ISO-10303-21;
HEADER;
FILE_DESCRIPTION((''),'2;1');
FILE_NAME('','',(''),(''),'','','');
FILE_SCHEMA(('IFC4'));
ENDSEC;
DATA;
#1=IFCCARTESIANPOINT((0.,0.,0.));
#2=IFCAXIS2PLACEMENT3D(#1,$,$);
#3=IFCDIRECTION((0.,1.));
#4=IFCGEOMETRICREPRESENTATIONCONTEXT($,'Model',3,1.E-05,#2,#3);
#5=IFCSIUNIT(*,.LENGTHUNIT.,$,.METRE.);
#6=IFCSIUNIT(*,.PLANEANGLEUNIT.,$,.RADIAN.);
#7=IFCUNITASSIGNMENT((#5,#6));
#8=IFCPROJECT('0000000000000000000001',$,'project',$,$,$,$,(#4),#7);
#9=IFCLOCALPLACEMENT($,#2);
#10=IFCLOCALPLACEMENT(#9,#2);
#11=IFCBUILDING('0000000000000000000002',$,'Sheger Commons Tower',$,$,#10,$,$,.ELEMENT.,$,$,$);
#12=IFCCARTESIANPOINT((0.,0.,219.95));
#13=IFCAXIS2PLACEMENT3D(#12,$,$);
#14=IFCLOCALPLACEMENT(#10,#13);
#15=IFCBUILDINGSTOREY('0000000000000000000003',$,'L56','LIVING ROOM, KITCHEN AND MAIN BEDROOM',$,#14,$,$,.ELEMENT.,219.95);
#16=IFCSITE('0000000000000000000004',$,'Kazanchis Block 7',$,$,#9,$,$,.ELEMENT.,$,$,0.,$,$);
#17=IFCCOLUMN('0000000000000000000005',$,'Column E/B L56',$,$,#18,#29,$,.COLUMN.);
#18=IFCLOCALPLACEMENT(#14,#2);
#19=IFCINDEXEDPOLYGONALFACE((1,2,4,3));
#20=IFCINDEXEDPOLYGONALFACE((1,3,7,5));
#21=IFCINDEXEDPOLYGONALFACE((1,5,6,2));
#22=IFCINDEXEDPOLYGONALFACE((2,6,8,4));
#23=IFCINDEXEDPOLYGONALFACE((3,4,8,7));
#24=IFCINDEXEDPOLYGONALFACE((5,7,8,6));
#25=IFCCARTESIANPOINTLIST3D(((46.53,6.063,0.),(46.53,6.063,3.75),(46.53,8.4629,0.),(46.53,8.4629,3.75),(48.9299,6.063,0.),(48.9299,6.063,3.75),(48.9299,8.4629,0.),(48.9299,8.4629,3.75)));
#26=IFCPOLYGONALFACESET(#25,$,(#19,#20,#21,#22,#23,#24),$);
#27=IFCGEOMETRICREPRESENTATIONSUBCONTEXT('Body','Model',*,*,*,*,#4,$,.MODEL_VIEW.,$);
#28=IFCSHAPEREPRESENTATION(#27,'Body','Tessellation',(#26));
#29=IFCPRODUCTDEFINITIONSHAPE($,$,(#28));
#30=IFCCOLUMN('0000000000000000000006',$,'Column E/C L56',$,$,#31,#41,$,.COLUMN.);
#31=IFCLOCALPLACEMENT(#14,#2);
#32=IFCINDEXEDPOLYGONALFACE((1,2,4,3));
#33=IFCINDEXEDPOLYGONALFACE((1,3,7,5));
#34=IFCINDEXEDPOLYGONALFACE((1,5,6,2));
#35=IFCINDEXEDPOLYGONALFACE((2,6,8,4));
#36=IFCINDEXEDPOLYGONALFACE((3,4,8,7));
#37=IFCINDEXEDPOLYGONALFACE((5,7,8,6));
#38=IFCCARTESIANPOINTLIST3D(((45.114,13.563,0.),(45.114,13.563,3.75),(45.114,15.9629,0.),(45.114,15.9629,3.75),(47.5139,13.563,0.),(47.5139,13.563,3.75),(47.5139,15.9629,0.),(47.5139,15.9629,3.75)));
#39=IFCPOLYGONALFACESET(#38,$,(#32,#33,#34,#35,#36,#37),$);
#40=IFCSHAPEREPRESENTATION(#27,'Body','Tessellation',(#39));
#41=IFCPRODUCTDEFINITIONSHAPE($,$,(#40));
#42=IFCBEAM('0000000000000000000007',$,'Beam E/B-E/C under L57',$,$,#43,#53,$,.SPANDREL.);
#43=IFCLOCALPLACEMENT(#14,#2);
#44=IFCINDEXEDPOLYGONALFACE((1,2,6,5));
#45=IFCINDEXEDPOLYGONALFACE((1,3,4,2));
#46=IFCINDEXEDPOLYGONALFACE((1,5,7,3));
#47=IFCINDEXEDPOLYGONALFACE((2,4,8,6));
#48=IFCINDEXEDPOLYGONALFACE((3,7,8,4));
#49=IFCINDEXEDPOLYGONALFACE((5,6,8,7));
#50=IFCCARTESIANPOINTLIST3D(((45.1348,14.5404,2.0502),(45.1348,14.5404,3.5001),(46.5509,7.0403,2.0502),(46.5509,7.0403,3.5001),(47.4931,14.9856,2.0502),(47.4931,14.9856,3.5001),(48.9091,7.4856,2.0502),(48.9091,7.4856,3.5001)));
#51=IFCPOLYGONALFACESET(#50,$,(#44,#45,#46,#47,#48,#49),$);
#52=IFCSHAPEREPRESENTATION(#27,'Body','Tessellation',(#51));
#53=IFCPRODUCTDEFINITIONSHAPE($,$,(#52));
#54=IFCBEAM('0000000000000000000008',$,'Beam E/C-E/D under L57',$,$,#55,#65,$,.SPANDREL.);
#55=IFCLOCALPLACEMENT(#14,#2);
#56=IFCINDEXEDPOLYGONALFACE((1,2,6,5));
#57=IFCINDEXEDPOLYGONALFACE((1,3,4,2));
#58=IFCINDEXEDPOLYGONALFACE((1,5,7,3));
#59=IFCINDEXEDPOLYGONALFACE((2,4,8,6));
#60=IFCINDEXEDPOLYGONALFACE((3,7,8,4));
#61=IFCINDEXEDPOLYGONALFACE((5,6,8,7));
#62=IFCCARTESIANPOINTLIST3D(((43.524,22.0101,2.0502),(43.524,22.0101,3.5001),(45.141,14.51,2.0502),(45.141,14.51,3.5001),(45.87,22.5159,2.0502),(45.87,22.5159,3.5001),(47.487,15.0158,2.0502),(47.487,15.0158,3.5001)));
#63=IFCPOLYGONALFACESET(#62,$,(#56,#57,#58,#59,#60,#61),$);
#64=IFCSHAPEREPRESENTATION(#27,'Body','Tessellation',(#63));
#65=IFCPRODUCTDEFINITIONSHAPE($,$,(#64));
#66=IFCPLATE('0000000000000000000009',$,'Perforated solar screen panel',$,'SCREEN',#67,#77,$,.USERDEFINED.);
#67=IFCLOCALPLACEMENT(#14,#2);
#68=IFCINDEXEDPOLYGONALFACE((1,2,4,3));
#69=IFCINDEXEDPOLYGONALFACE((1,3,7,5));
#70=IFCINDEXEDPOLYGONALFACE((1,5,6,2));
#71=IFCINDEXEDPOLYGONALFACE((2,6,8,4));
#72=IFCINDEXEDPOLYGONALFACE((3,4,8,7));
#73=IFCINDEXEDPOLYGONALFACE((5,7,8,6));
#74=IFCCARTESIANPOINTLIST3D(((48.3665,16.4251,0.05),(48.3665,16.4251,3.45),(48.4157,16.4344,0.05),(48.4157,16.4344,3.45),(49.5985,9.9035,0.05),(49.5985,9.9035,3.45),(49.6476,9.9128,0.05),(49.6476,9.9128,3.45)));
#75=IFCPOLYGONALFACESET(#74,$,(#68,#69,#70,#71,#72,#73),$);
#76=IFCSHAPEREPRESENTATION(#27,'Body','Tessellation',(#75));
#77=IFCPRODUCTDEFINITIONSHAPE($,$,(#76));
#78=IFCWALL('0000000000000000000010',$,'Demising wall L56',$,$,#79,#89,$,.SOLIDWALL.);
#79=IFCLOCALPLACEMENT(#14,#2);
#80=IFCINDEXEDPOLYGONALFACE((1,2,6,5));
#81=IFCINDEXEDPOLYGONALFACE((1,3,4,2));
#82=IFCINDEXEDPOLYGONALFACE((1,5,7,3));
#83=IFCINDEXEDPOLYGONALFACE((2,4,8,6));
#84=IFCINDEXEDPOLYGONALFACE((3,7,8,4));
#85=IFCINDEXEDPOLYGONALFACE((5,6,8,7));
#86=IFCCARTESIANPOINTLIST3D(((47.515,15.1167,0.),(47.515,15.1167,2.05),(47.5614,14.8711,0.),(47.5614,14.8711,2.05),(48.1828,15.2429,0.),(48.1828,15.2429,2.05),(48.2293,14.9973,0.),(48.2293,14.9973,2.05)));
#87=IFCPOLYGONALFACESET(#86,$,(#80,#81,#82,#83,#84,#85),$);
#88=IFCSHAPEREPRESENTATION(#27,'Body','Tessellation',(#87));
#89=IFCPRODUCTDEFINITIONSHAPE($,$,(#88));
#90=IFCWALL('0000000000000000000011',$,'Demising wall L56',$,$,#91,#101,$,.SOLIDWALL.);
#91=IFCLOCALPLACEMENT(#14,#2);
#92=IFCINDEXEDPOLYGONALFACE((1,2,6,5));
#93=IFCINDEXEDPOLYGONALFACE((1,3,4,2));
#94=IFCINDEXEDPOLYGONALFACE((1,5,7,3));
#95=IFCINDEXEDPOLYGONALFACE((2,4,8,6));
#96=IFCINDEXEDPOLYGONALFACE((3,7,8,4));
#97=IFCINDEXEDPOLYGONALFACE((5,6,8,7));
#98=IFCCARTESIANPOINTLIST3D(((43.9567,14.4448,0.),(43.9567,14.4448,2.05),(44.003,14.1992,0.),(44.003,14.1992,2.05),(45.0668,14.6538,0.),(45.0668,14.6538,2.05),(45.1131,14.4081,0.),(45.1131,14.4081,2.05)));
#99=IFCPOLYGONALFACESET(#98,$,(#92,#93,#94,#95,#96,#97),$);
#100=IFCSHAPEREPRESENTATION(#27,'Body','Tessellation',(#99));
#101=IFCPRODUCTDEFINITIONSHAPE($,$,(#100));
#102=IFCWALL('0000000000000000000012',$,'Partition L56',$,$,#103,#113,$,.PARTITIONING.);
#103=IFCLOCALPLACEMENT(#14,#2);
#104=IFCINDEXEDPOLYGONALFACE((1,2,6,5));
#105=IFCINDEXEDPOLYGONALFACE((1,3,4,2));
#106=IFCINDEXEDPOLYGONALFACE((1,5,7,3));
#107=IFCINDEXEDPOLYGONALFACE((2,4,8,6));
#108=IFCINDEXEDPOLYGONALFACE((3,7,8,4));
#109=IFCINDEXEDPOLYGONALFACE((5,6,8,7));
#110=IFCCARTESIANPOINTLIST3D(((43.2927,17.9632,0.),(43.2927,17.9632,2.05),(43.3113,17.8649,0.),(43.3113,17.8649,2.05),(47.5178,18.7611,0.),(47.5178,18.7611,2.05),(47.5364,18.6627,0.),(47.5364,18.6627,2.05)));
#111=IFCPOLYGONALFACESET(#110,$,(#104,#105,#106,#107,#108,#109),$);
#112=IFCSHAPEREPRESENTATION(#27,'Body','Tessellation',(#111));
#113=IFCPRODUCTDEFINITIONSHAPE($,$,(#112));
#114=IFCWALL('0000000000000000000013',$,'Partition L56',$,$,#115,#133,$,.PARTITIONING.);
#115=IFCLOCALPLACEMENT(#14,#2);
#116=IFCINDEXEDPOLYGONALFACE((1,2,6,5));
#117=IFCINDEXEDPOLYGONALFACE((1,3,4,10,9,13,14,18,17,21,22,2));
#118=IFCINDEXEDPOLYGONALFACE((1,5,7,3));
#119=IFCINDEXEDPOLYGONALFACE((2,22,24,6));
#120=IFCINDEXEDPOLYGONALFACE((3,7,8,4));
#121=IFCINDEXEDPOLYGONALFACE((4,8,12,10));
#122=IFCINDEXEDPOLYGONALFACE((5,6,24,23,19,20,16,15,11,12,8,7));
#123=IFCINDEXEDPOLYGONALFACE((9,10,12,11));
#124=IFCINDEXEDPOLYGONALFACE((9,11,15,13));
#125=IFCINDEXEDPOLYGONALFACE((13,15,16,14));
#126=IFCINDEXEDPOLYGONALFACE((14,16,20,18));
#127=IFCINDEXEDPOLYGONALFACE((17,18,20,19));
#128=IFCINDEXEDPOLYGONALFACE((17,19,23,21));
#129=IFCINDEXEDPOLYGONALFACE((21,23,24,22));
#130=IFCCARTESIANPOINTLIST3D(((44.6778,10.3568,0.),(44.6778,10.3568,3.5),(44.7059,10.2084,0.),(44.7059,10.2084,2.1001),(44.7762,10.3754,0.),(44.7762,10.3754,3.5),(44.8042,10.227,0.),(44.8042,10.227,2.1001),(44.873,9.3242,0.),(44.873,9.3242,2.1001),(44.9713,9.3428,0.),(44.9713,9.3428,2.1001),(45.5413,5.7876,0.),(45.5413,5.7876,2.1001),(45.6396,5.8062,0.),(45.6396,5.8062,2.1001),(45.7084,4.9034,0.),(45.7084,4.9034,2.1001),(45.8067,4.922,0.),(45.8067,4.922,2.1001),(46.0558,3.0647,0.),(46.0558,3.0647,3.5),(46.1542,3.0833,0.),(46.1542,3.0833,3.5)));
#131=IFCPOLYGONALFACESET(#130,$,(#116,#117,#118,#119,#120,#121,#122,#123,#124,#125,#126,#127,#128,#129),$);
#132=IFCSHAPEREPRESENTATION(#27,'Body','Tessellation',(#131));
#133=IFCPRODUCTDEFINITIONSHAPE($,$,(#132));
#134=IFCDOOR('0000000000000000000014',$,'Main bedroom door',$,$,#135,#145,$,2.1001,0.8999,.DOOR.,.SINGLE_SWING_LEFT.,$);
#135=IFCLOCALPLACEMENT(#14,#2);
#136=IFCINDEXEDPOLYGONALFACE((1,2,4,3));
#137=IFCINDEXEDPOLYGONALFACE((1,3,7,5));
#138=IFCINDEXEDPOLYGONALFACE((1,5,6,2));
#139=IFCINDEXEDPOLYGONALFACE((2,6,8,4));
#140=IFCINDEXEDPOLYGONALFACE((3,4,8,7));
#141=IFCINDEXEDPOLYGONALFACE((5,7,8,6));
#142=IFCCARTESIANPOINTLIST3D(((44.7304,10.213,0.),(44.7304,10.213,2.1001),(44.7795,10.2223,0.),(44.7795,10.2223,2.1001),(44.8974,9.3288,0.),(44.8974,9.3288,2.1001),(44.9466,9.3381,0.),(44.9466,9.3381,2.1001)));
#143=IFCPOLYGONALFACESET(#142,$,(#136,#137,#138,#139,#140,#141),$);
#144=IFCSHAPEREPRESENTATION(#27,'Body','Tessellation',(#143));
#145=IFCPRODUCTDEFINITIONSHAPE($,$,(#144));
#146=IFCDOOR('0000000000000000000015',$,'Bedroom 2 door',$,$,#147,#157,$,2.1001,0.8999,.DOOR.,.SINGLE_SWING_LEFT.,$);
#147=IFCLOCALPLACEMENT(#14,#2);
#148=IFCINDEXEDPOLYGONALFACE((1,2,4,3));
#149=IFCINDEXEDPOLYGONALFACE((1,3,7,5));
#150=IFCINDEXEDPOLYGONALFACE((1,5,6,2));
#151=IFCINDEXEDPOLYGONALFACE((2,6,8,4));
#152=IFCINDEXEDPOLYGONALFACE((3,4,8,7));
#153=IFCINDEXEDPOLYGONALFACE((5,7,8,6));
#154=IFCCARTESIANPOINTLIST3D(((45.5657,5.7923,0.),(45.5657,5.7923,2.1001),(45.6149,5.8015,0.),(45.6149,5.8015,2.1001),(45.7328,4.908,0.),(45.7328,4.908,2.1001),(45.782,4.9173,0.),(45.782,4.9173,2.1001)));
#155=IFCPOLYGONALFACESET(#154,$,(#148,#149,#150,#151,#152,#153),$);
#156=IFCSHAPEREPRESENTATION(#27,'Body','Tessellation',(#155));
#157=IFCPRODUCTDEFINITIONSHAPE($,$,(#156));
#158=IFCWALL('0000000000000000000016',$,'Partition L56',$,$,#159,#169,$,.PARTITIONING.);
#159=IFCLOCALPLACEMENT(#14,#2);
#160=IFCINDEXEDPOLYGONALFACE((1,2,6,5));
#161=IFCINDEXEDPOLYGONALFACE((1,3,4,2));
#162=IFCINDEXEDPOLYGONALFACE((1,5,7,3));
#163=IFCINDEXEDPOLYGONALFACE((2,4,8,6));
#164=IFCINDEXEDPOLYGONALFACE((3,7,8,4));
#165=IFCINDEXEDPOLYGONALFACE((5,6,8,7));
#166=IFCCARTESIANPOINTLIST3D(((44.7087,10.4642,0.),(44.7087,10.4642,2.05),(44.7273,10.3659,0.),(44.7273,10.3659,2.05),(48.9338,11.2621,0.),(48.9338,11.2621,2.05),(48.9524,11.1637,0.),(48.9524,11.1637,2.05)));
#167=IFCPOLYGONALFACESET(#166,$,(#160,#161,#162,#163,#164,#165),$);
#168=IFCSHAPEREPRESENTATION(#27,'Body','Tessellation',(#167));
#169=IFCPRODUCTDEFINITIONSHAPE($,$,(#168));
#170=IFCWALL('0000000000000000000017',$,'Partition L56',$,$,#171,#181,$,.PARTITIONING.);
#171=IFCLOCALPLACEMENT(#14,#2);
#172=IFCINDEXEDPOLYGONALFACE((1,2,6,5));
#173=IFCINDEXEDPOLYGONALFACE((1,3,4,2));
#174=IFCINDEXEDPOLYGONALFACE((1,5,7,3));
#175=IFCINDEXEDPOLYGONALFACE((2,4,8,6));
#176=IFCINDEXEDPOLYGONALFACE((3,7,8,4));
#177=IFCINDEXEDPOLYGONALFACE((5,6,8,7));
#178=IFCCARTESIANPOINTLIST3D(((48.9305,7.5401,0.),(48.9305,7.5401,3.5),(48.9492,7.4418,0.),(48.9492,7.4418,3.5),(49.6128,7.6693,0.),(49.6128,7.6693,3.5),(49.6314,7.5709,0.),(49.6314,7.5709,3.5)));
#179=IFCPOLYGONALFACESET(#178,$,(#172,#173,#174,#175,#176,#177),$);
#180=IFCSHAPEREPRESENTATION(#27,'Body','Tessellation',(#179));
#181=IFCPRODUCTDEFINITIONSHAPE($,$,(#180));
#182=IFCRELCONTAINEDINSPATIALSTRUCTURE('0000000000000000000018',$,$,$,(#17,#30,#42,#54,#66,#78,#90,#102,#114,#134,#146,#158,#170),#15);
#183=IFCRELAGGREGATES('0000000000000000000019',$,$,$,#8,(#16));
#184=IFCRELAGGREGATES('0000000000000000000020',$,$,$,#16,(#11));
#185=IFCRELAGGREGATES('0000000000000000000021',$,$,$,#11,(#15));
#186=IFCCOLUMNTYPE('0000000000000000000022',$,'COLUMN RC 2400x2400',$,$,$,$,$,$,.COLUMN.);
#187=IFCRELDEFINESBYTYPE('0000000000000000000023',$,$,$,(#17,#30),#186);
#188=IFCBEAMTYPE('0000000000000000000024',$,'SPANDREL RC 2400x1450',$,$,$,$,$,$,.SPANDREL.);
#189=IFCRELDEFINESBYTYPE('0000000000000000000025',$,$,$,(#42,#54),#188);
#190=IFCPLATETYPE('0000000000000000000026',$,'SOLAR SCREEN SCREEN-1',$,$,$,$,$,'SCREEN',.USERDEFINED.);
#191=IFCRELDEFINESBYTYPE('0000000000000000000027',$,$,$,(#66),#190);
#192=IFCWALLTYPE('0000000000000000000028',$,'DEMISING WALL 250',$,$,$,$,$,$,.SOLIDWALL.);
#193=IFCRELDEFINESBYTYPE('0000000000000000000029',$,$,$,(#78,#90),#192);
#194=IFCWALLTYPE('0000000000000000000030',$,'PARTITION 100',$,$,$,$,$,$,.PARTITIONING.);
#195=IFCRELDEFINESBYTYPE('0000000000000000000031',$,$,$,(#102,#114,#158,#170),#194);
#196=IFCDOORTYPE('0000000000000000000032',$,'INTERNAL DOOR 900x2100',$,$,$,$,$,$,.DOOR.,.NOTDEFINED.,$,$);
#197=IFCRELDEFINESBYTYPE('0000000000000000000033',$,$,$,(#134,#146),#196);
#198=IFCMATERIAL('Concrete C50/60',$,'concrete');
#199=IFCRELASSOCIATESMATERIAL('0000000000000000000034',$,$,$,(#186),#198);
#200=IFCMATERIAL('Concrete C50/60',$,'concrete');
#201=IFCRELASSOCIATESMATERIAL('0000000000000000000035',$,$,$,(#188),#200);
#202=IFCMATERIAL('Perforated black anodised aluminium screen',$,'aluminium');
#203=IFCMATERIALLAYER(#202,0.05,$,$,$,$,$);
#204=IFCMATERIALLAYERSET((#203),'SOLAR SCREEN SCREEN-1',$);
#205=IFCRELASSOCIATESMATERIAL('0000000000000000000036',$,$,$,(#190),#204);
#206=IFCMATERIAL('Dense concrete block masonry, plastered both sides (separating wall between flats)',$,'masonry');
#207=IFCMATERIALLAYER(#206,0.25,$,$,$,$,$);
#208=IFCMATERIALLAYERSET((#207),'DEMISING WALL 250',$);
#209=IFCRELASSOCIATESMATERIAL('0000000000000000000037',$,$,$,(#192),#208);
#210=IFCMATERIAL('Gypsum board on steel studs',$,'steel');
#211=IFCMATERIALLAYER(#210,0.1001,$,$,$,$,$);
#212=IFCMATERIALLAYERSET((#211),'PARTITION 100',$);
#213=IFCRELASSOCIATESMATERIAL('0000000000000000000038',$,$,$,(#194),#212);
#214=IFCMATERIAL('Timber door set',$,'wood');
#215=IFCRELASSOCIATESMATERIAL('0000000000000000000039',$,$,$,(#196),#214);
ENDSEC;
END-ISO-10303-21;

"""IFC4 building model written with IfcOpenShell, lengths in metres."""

from ifc_helpers import new_model, si_unit, direction, frame, frame_2d, origin, origin_2d, place, context, subcontext, project, spatial, rectangle, extrude, material, layer, layer_set, material_profile, profile_set, type_object, element, fill, save


model = new_model("IFC4")

# Units and contexts
model_context = context("Model", 3, precision=1e-05, world=origin(), true_north=direction((0.0, 1.0)))
body_context = subcontext(model_context, "Body", "Model", "MODEL_VIEW")
ifc_project = project(units=[si_unit("LENGTHUNIT", "METRE"), si_unit("PLANEANGLEUNIT", "RADIAN")], contexts=[model_context])

# Site, building, storey
site_placement = place(None, origin())
site = spatial("IfcSite", under=ifc_project, at=site_placement, Name="Kazanchis Block 7", CompositionType="ELEMENT", RefElevation=0.0)
building_placement = place(site_placement, origin())
building = spatial("IfcBuilding", under=site, at=building_placement, Name="Sheger Commons Tower", CompositionType="ELEMENT")
storey_placement = place(building_placement, frame((0.0, 0.0, 219.95)))
storey = spatial("IfcBuildingStorey", under=building, at=storey_placement, Name="L56", Description="LIVING ROOM, KITCHEN AND MAIN BEDROOM", CompositionType="ELEMENT", Elevation=219.95)

# Columns
ifc_material_1 = material(Name="Concrete C50/60", Category="concrete")
ifc_material_profile_1 = material_profile(ifc_material_1, rectangle(XDim=2.3999, YDim=2.3999, at=origin_2d()), Name="RC 2400x2400")
ifc_profile_set_1 = profile_set([ifc_material_profile_1], Name="Concrete C50/60")
column_type = type_object("IfcColumnType", Name="COLUMN RC 2400x2400", PredefinedType="COLUMN", material=ifc_profile_set_1)
for number, where, z_axis, x_axis, name in (
    (1, (47.73, 7.2629, 0.0), (0.0, 0.0, 1.0), (1.0, 0.0, 0.0), "Column E/B L56"),
    (2, (46.314, 14.7629, 0.0), (0.0, 0.0, 1.0), (1.0, 0.0, 0.0), "Column E/C L56"),
):
    element("IfcColumn", number, at=place(storey_placement, frame(where, z_axis=z_axis, x_axis=x_axis)), inside=storey, type_object=column_type, Name=name, PredefinedType="COLUMN", context=body_context, shape_type="SweptSolid", body=[
        extrude(rectangle(XDim=2.3999, YDim=2.3999, at=origin_2d()), origin(), (0.0, 0.0, 1.0), 3.75),
    ])

# Beams
ifc_material_2 = material(Name="Concrete C50/60", Category="concrete")
ifc_material_profile_2 = material_profile(ifc_material_2, rectangle(XDim=2.3999, YDim=1.45, at=origin_2d()), Name="RC 2400x1450")
ifc_profile_set_2 = profile_set([ifc_material_profile_2], Name="Concrete C50/60")
beam_type = type_object("IfcBeamType", Name="SPANDREL RC 2400x1450", PredefinedType="SPANDREL", material=ifc_profile_set_2)
beam_1_placement = place(storey_placement, frame((47.73, 7.2629, 2.7751), z_axis=(-0.185524, 0.98264, 0.0), x_axis=(-0.98264, -0.185524, 0.0)))
element("IfcBeam", 3, at=beam_1_placement, inside=storey, type_object=beam_type, Name="Beam E/B-E/C under L57", PredefinedType="SPANDREL", context=body_context, shape_type="SweptSolid", body=[
    extrude(rectangle(XDim=2.3999, YDim=1.45, at=origin_2d()), origin(), (0.0, 0.0, 1.0), 7.6326),
])
beam_2_placement = place(storey_placement, frame((46.314, 14.7629, 2.7751), z_axis=(-0.21075, 0.97754, 0.0), x_axis=(-0.97754, -0.21075, 0.0)))
element("IfcBeam", 4, at=beam_2_placement, inside=storey, type_object=beam_type, Name="Beam E/C-E/D under L57", PredefinedType="SPANDREL", context=body_context, shape_type="SweptSolid", body=[
    extrude(rectangle(XDim=2.3999, YDim=1.45, at=origin_2d()), origin(), (0.0, 0.0, 1.0), 7.6724),
])

# Plate
ifc_material_3 = material(Name="Perforated black anodised aluminium screen", Category="aluminium")
ifc_layer_1 = layer(ifc_material_3, 0.05)
ifc_layer_set_1 = layer_set([ifc_layer_1], Name="SOLAR SCREEN SCREEN-1")
plate_type = type_object("IfcPlateType", Name="SOLAR SCREEN SCREEN-1", ElementType="SCREEN", PredefinedType="USERDEFINED", material=ifc_layer_set_1)
plate_placement = place(storey_placement, frame((49.0071, 13.1689, 0.05), z_axis=(0.0, 0.0, 1.0), x_axis=(-0.185615, 0.982623, 0.0)))
element("IfcPlate", 5, at=plate_placement, inside=storey, type_object=plate_type, Name="Perforated solar screen panel", ObjectType="SCREEN", PredefinedType="USERDEFINED", context=body_context, shape_type="SweptSolid", body=[
    extrude(rectangle(XDim=6.637, YDim=0.05, at=origin_2d()), origin(), (0.0, 0.0, 1.0), 3.3999),
])

# Walls
ifc_material_4 = material(Name="Dense concrete block masonry, plastered both sides (separating wall between flats)", Category="masonry")
ifc_layer_2 = layer(ifc_material_4, 0.25)
ifc_layer_set_2 = layer_set([ifc_layer_2], Name="DEMISING WALL 250")
wall_type_1 = type_object("IfcWallType", Name="DEMISING WALL 250", PredefinedType="SOLIDWALL", material=ifc_layer_set_2)
wall_1_placement = place(storey_placement, frame((48.2061, 15.1201, 0.0), z_axis=(0.0, 0.0, 1.0), x_axis=(-0.982611, -0.185676, 0.0)))
element("IfcWall", 6, at=wall_1_placement, inside=storey, type_object=wall_type_1, Name="Demising wall L56", PredefinedType="SOLIDWALL", context=body_context, shape_type="SweptSolid", body=[
    extrude(rectangle(XDim=0.6797, YDim=0.25, at=frame_2d((0.3398, 0.0))), origin(), (0.0, 0.0, 1.0), 2.05),
])
wall_2_placement = place(storey_placement, frame((45.0901, 14.531, 0.0), z_axis=(0.0, 0.0, 1.0), x_axis=(-0.982737, -0.185006, 0.0)))
element("IfcWall", 7, at=wall_2_placement, inside=storey, type_object=wall_type_1, Name="Demising wall L56", PredefinedType="SOLIDWALL", context=body_context, shape_type="SweptSolid", body=[
    extrude(rectangle(XDim=1.1296, YDim=0.25, at=frame_2d((0.5649, 0.0))), origin(), (0.0, 0.0, 1.0), 2.05),
])
ifc_material_5 = material(Name="Gypsum board on steel studs", Category="steel")
ifc_layer_3 = layer(ifc_material_5, 0.1001)
ifc_layer_set_3 = layer_set([ifc_layer_3], Name="PARTITION 100")
wall_type_2 = type_object("IfcWallType", Name="PARTITION 100", PredefinedType="PARTITIONING", material=ifc_layer_set_3)
wall_3_placement = place(storey_placement, frame((47.5271, 18.7119, 0.0), z_axis=(0.0, 0.0, 1.0), x_axis=(-0.982634, -0.185557, 0.0)))
element("IfcWall", 8, at=wall_3_placement, inside=storey, type_object=wall_type_2, Name="Partition L56", PredefinedType="PARTITIONING", context=body_context, shape_type="SweptSolid", body=[
    extrude(rectangle(XDim=4.2998, YDim=0.1001, at=frame_2d((2.1499, 0.0))), origin(), (0.0, 0.0, 1.0), 2.05),
])

# Wall, openings, doors
wall_4_placement = place(storey_placement, frame((44.7271, 10.366, 0.0), z_axis=(0.0, 0.0, 1.0), x_axis=(0.185679, -0.98261, 0.0)))
wall_4 = element("IfcWall", 9, at=wall_4_placement, inside=storey, type_object=wall_type_2, Name="Partition L56", PredefinedType="PARTITIONING", context=body_context, shape_type="SweptSolid", body=[
    extrude(rectangle(XDim=7.4211, YDim=0.1001, at=frame_2d((3.7104, 0.0))), origin(), (0.0, 0.0, 1.0), 3.5),
])
opening_1_placement = place(wall_4_placement, frame((0.1509, 0.0, 0.0)))
opening_1 = element("IfcOpeningElement", 10, at=opening_1_placement, cuts=wall_4, PredefinedType="OPENING", context=body_context, shape_type="SweptSolid", body=[
    extrude(rectangle(XDim=0.8999, YDim=2.1001, at=frame_2d((0.45, 1.05))), frame((0.0, 0.0601, 0.0), z_axis=(0.0, -1.0, 0.0), x_axis=(1.0, 0.0, 0.0)), (0.0, 0.0, 1.0), 0.1201),
])
opening_2_placement = place(wall_4_placement, frame((4.6499, 0.0, 0.0)))
opening_2 = element("IfcOpeningElement", 11, at=opening_2_placement, cuts=wall_4, PredefinedType="OPENING", context=body_context, shape_type="SweptSolid", body=[
    extrude(rectangle(XDim=0.8999, YDim=2.1001, at=frame_2d((0.45, 1.05))), frame((0.0, 0.0601, 0.0), z_axis=(0.0, -1.0, 0.0), x_axis=(1.0, 0.0, 0.0)), (0.0, 0.0, 1.0), 0.1201),
])
ifc_material_6 = material(Name="Timber door set", Category="wood")
door_type = type_object("IfcDoorType", Name="INTERNAL DOOR 900x2100", OperationType="NOTDEFINED", PredefinedType="DOOR", material=ifc_material_6)
door_1_placement = place(opening_1_placement, origin())
door_1 = element("IfcDoor", 12, at=door_1_placement, inside=storey, type_object=door_type, Name="Main bedroom door", OperationType="SINGLE_SWING_LEFT", OverallHeight=2.1001, OverallWidth=0.8999, PredefinedType="DOOR", context=body_context, shape_type="SweptSolid", body=[
    extrude(rectangle(XDim=0.8999, YDim=2.1001, at=frame_2d((0.45, 1.05))), frame((0.0, 0.0249, 0.0), z_axis=(0.0, -1.0, 0.0), x_axis=(1.0, 0.0, 0.0)), (0.0, 0.0, 1.0), 0.05),
])
fill(opening_1, door_1)
door_2_placement = place(opening_2_placement, origin())
door_2 = element("IfcDoor", 13, at=door_2_placement, inside=storey, type_object=door_type, Name="Bedroom 2 door", OperationType="SINGLE_SWING_LEFT", OverallHeight=2.1001, OverallWidth=0.8999, PredefinedType="DOOR", context=body_context, shape_type="SweptSolid", body=[
    extrude(rectangle(XDim=0.8999, YDim=2.1001, at=frame_2d((0.45, 1.05))), frame((0.0, 0.0249, 0.0), z_axis=(0.0, -1.0, 0.0), x_axis=(1.0, 0.0, 0.0)), (0.0, 0.0, 1.0), 0.05),
])
fill(opening_2, door_2)

# Walls
wall_5_placement = place(storey_placement, frame((48.9431, 11.2129, 0.0), z_axis=(0.0, 0.0, 1.0), x_axis=(-0.982634, -0.185557, 0.0)))
element("IfcWall", 14, at=wall_5_placement, inside=storey, type_object=wall_type_2, Name="Partition L56", PredefinedType="PARTITIONING", context=body_context, shape_type="SweptSolid", body=[
    extrude(rectangle(XDim=4.2998, YDim=0.1001, at=frame_2d((2.1499, 0.0))), origin(), (0.0, 0.0, 1.0), 2.05),
])
wall_6_placement = place(storey_placement, frame((49.6221, 7.6201, 0.0), z_axis=(0.0, 0.0, 1.0), x_axis=(-0.982544, -0.186029, 0.0)))
element("IfcWall", 15, at=wall_6_placement, inside=storey, type_object=wall_type_2, Name="Partition L56", PredefinedType="PARTITIONING", context=body_context, shape_type="SweptSolid", body=[
    extrude(rectangle(XDim=0.6943, YDim=0.1001, at=frame_2d((0.3472, 0.0))), origin(), (0.0, 0.0, 1.0), 3.5),
])

save(model, "model.ifc")
